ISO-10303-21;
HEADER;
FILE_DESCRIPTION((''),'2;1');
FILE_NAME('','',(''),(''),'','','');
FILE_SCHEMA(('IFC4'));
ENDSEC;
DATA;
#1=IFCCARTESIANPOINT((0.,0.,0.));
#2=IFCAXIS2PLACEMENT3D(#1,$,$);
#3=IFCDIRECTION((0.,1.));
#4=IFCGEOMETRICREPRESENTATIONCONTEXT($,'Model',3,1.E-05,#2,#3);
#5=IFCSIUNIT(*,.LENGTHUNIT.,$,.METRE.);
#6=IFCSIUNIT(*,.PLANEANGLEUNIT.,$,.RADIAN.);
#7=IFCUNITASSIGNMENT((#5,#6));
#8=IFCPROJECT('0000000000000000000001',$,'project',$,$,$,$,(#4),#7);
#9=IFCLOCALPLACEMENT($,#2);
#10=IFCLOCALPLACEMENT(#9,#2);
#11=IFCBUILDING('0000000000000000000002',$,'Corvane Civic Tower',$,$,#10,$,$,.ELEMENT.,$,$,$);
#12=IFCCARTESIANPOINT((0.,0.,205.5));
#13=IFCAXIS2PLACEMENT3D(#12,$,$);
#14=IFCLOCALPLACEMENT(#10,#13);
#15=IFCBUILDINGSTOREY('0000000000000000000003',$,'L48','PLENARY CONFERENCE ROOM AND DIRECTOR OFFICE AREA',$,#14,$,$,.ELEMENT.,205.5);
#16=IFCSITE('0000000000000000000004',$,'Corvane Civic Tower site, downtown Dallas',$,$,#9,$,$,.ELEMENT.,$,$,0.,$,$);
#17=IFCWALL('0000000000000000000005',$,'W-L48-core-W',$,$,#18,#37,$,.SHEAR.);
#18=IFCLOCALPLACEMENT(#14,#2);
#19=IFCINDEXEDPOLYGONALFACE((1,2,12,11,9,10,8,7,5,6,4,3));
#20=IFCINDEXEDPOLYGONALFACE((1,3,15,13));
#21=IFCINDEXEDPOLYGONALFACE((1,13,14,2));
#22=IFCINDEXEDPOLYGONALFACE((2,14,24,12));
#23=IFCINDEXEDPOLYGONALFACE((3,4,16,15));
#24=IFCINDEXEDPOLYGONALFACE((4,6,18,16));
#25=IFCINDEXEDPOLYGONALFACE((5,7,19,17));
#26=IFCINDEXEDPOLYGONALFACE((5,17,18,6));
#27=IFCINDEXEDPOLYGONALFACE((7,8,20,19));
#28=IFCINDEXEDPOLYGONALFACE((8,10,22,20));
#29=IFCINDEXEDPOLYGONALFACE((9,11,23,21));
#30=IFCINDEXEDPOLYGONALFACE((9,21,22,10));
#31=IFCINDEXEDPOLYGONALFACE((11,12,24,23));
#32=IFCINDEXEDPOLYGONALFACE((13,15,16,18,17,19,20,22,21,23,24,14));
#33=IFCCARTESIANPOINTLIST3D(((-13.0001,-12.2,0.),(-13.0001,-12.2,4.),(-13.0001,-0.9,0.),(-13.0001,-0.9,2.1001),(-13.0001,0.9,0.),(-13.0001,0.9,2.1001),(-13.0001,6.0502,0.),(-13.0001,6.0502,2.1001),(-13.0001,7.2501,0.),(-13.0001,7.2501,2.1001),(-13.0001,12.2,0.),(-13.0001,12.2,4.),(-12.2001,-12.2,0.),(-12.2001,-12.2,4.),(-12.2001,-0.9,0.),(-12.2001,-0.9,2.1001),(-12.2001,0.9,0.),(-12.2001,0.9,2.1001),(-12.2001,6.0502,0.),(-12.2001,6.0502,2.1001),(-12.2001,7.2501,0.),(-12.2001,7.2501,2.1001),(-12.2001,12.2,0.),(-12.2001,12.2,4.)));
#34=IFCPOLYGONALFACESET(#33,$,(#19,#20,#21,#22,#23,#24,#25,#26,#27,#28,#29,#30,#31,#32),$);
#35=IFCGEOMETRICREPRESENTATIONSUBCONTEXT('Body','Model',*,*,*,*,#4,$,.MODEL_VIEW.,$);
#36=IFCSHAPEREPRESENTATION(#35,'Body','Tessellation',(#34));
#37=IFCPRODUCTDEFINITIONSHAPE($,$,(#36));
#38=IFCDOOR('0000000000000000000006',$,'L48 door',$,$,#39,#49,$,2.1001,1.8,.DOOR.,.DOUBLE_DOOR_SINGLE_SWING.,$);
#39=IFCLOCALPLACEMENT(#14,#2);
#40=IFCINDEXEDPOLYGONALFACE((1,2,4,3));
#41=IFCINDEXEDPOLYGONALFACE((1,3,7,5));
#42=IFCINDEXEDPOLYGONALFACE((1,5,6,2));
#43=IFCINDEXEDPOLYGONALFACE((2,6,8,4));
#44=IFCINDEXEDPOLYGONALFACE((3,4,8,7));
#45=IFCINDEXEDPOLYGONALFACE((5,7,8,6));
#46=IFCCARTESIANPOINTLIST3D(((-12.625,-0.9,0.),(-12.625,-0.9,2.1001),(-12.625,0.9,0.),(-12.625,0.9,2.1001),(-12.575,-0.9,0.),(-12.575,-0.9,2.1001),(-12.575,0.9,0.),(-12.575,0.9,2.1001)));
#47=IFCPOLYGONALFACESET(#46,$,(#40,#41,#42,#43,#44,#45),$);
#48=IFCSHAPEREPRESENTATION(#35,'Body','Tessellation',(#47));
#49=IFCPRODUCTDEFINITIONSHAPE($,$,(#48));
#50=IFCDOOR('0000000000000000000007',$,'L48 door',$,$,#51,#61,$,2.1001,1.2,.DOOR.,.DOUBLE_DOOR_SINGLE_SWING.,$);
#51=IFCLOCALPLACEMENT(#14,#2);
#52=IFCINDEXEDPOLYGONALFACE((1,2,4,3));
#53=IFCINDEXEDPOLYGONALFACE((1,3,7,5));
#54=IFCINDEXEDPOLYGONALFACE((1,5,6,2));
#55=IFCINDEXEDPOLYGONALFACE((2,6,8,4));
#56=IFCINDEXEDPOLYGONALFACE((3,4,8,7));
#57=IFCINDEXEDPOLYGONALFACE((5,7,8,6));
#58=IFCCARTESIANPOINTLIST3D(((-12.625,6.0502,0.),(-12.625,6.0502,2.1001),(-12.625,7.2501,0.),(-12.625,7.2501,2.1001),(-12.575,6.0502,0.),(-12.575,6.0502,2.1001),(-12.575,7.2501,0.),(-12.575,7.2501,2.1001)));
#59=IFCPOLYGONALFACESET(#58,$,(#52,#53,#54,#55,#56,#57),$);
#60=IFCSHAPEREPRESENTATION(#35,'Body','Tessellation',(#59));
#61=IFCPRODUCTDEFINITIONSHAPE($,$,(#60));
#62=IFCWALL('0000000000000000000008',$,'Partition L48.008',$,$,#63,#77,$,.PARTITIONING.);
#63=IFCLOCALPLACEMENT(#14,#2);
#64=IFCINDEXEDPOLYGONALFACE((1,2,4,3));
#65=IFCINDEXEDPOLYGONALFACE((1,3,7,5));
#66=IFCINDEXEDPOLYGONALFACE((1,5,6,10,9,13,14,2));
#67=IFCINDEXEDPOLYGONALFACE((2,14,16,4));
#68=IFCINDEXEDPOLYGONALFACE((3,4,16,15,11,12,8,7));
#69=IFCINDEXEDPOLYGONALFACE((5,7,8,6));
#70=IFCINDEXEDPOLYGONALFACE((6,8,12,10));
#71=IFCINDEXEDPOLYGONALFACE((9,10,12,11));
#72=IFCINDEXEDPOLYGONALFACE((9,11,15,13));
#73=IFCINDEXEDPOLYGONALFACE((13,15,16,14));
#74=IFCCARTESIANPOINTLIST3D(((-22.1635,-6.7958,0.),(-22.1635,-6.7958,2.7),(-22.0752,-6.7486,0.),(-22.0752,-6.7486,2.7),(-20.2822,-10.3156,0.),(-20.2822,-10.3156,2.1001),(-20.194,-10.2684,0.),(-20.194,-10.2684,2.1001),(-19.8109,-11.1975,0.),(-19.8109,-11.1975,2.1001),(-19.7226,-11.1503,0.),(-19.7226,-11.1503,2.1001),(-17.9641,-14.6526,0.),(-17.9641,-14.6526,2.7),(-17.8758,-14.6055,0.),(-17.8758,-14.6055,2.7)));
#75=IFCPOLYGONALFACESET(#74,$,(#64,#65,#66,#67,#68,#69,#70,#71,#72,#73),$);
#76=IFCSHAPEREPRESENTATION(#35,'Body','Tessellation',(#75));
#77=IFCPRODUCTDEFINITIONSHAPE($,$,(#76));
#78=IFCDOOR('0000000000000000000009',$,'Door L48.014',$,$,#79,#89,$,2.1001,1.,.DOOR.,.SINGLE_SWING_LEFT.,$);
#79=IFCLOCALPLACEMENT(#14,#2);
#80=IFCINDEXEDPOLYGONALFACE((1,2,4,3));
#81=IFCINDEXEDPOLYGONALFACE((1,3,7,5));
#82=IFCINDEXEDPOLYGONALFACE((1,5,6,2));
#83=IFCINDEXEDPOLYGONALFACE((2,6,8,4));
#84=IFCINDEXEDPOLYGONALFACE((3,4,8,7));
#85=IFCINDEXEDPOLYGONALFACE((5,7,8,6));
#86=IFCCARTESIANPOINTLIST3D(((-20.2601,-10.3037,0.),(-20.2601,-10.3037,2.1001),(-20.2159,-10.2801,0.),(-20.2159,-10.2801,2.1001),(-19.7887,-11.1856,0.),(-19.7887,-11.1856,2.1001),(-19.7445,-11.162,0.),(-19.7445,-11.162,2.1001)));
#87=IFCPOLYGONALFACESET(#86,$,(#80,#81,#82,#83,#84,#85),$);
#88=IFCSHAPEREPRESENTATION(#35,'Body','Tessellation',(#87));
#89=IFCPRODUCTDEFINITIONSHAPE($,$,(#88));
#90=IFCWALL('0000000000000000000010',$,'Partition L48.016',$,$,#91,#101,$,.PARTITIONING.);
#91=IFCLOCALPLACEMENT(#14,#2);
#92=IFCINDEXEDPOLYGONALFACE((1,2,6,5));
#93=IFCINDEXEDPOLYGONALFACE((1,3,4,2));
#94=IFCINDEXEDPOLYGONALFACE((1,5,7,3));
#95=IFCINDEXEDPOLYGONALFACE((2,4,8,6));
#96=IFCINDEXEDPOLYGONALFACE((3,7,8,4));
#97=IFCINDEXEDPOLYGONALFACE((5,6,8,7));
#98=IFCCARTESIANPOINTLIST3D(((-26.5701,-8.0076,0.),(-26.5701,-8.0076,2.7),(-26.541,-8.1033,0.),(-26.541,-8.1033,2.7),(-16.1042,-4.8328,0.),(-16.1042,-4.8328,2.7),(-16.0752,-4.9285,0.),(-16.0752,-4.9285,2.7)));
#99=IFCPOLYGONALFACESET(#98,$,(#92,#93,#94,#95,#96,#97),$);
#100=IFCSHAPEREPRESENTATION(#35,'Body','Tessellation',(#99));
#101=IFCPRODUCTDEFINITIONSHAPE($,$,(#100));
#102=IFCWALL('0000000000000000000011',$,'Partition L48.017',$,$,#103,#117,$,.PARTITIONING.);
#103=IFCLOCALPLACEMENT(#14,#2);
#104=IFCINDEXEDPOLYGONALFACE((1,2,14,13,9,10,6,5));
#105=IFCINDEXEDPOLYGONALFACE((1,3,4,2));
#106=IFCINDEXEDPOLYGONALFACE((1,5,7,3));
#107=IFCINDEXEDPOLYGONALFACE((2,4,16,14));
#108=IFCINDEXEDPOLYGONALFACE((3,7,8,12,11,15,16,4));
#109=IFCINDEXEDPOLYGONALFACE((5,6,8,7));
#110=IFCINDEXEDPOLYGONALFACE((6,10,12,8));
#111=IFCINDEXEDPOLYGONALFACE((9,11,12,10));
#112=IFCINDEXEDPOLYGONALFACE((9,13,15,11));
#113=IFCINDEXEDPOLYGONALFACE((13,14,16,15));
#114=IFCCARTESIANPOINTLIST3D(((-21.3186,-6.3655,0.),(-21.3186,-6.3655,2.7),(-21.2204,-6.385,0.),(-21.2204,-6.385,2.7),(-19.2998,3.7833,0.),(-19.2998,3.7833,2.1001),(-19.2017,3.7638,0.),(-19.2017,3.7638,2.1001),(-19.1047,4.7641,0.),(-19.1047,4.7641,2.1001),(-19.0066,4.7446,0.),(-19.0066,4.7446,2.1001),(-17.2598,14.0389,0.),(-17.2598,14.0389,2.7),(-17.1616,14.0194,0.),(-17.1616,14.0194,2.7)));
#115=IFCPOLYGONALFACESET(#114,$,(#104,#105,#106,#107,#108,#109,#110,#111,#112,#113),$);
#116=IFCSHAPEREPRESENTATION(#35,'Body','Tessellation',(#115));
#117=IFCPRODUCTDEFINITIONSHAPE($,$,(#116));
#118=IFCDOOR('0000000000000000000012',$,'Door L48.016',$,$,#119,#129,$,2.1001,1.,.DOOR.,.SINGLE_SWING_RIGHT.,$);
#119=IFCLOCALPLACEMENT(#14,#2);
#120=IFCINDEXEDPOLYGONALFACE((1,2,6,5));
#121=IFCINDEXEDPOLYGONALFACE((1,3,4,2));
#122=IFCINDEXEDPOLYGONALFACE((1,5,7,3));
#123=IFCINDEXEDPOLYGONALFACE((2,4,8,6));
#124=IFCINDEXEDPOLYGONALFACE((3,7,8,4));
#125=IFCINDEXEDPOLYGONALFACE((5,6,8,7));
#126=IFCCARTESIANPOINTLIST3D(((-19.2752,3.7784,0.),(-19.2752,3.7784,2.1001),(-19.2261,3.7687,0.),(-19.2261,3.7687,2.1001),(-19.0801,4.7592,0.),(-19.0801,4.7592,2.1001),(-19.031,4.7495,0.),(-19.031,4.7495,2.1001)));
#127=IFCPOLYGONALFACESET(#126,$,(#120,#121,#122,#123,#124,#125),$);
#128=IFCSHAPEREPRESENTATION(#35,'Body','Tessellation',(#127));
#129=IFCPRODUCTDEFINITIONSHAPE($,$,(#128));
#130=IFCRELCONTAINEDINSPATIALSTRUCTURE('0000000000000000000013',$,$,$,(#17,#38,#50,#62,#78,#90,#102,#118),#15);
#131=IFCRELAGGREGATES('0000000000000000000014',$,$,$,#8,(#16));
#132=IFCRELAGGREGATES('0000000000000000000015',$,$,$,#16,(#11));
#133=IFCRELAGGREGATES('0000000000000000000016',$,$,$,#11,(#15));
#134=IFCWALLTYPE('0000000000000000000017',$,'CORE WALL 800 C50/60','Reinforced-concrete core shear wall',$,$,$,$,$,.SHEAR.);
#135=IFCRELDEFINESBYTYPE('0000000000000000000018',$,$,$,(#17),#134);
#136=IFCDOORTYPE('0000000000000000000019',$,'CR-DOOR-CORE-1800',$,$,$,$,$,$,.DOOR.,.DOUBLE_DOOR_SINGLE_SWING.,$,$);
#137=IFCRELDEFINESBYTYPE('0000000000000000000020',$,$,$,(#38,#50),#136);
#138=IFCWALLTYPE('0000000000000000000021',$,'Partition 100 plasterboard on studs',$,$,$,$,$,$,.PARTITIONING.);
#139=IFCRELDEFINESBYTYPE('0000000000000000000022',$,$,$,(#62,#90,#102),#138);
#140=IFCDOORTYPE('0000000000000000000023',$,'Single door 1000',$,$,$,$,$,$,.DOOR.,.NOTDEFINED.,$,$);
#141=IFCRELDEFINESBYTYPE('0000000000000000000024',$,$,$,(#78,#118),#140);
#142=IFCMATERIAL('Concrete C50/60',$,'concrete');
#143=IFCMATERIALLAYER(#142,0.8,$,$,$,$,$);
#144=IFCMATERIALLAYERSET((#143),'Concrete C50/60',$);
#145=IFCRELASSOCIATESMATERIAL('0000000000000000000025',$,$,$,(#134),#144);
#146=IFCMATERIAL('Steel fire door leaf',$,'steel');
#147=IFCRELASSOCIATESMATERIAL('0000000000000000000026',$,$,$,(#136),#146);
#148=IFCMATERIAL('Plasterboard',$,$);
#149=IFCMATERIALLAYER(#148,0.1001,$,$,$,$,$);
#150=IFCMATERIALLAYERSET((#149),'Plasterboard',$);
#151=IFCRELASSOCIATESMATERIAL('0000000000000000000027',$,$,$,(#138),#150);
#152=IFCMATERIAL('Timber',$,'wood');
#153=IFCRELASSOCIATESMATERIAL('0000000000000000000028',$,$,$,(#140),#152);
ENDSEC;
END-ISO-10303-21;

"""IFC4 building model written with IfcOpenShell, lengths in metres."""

from ifc_helpers import new_model, si_unit, direction, frame, frame_2d, origin, place, context, subcontext, project, spatial, rectangle, extrude, material, layer, layer_set, type_object, element, fill, save


model = new_model("IFC4")

# Units and contexts
model_context = context("Model", 3, precision=1e-05, world=origin(), true_north=direction((0.0, 1.0)))
body_context = subcontext(model_context, "Body", "Model", "MODEL_VIEW")
ifc_project = project(units=[si_unit("LENGTHUNIT", "METRE"), si_unit("PLANEANGLEUNIT", "RADIAN")], contexts=[model_context])

# Site, building, storey
site_placement = place(None, origin())
site = spatial("IfcSite", under=ifc_project, at=site_placement, Name="Corvane Civic Tower site, downtown Dallas", CompositionType="ELEMENT", RefElevation=0.0)
building_placement = place(site_placement, origin())
building = spatial("IfcBuilding", under=site, at=building_placement, Name="Corvane Civic Tower", CompositionType="ELEMENT")
storey_placement = place(building_placement, frame((0.0, 0.0, 205.5)))
storey = spatial("IfcBuildingStorey", under=building, at=storey_placement, Name="L48", Description="PLENARY CONFERENCE ROOM AND DIRECTOR OFFICE AREA", CompositionType="ELEMENT", Elevation=205.5)

# Shared definitions
ifc_material_1 = material(Name="Concrete C50/60", Category="concrete")
ifc_layer_1 = layer(ifc_material_1, 0.8)
ifc_layer_set_1 = layer_set([ifc_layer_1], Name="Concrete C50/60")
wall_type_1 = type_object("IfcWallType", Name="CORE WALL 800 C50/60", Description="Reinforced-concrete core shear wall", PredefinedType="SHEAR", material=ifc_layer_set_1)

# Wall, openings, doors
wall_1_placement = place(storey_placement, frame((-12.6001, -12.2, 0.0), z_axis=(0.0, 0.0, 1.0), x_axis=(0.0, 1.0, 0.0)))
wall_1 = element("IfcWall", 1, at=wall_1_placement, inside=storey, type_object=wall_type_1, Name="W-L48-core-W", PredefinedType="SHEAR", context=body_context, shape_type="SweptSolid", body=[
    extrude(rectangle(XDim=24.3999, YDim=0.8, at=frame_2d((12.2, 0.0))), origin(), (0.0, 0.0, 1.0), 4.0),
])
opening_1_placement = place(wall_1_placement, frame((11.3, 0.0, 0.0)))
opening_1 = element("IfcOpeningElement", 2, at=opening_1_placement, cuts=wall_1, PredefinedType="OPENING", context=body_context, shape_type="SweptSolid", body=[
    extrude(rectangle(XDim=1.8, YDim=2.1001, at=frame_2d((0.8999, 1.05))), frame((0.0, 0.4099, 0.0), z_axis=(0.0, -1.0, 0.0), x_axis=(1.0, 0.0, 0.0)), (0.0, 0.0, 1.0), 0.8201),
])
opening_2_placement = place(wall_1_placement, frame((18.25, 0.0, 0.0)))
opening_2 = element("IfcOpeningElement", 3, at=opening_2_placement, cuts=wall_1, PredefinedType="OPENING", context=body_context, shape_type="SweptSolid", body=[
    extrude(rectangle(XDim=1.2, YDim=2.1001, at=frame_2d((0.6001, 1.05))), frame((0.0, 0.4099, 0.0), z_axis=(0.0, -1.0, 0.0), x_axis=(1.0, 0.0, 0.0)), (0.0, 0.0, 1.0), 0.8201),
])
ifc_material_2 = material(Name="Steel fire door leaf", Category="steel")
door_type_1 = type_object("IfcDoorType", Name="CR-DOOR-CORE-1800", OperationType="DOUBLE_DOOR_SINGLE_SWING", PredefinedType="DOOR", material=ifc_material_2)
door_1_placement = place(opening_1_placement, origin())
door_1 = element("IfcDoor", 4, at=door_1_placement, inside=storey, type_object=door_type_1, Name="L48 door", OperationType="DOUBLE_DOOR_SINGLE_SWING", OverallHeight=2.1001, OverallWidth=1.8, PredefinedType="DOOR", context=body_context, shape_type="SweptSolid", body=[
    extrude(rectangle(XDim=1.8, YDim=2.1001, at=frame_2d((0.8999, 1.05))), frame((0.0, 0.0249, 0.0), z_axis=(0.0, -1.0, 0.0), x_axis=(1.0, 0.0, 0.0)), (0.0, 0.0, 1.0), 0.05),
])
fill(opening_1, door_1)
door_2_placement = place(opening_2_placement, origin())
door_2 = element("IfcDoor", 5, at=door_2_placement, inside=storey, type_object=door_type_1, Name="L48 door", OperationType="DOUBLE_DOOR_SINGLE_SWING", OverallHeight=2.1001, OverallWidth=1.2, PredefinedType="DOOR", context=body_context, shape_type="SweptSolid", body=[
    extrude(rectangle(XDim=1.2, YDim=2.1001, at=frame_2d((0.6001, 1.05))), frame((0.0, 0.0249, 0.0), z_axis=(0.0, -1.0, 0.0), x_axis=(1.0, 0.0, 0.0)), (0.0, 0.0, 1.0), 0.05),
])
fill(opening_2, door_2)

# Wall, opening, door
ifc_material_3 = material(Name="Plasterboard")
ifc_layer_2 = layer(ifc_material_3, 0.1001)
ifc_layer_set_2 = layer_set([ifc_layer_2], Name="Plasterboard")
wall_type_2 = type_object("IfcWallType", Name="Partition 100 plasterboard on studs", PredefinedType="PARTITIONING", material=ifc_layer_set_2)
wall_2_placement = place(storey_placement, frame((-22.1194, -6.7722, 0.0), z_axis=(0.0, 0.0, 1.0), x_axis=(0.471383, -0.881929, 0.0)))
wall_2 = element("IfcWall", 6, at=wall_2_placement, inside=storey, type_object=wall_type_2, Name="Partition L48.008", PredefinedType="PARTITIONING", context=body_context, shape_type="SweptSolid", body=[
    extrude(rectangle(XDim=8.9087, YDim=0.1001, at=frame_2d((4.4543, 0.0))), origin(), (0.0, 0.0, 1.0), 2.7),
])
opening_3_placement = place(wall_2_placement, frame((3.991, 0.0, 0.0)))
opening_3 = element("IfcOpeningElement", 7, at=opening_3_placement, cuts=wall_2, PredefinedType="OPENING", context=body_context, shape_type="SweptSolid", body=[
    extrude(rectangle(XDim=1.0, YDim=2.1001, at=frame_2d((0.5, 1.05))), frame((0.0, 0.0601, 0.0), z_axis=(0.0, -1.0, 0.0), x_axis=(1.0, 0.0, 0.0)), (0.0, 0.0, 1.0), 0.1201),
])
ifc_material_4 = material(Name="Timber", Category="wood")
door_type_2 = type_object("IfcDoorType", Name="Single door 1000", OperationType="NOTDEFINED", PredefinedType="DOOR", material=ifc_material_4)
door_3_placement = place(opening_3_placement, frame((1.0, 0.0, 0.0), z_axis=(0.0, 0.0, 1.0), x_axis=(-1.0, 0.0, 0.0)))
door_3 = element("IfcDoor", 8, at=door_3_placement, inside=storey, type_object=door_type_2, Name="Door L48.014", OperationType="SINGLE_SWING_LEFT", OverallHeight=2.1001, OverallWidth=1.0, PredefinedType="DOOR", context=body_context, shape_type="SweptSolid", body=[
    extrude(rectangle(XDim=1.0, YDim=2.1001, at=frame_2d((0.5, 1.05))), frame((0.0, 0.0249, 0.0), z_axis=(0.0, -1.0, 0.0), x_axis=(1.0, 0.0, 0.0)), (0.0, 0.0, 1.0), 0.05),
])
fill(opening_3, door_3)

# Wall
wall_3_placement = place(storey_placement, frame((-26.5554, -8.0554, 0.0), z_axis=(0.0, 0.0, 1.0), x_axis=(0.95694, 0.290287, 0.0)))
element("IfcWall", 9, at=wall_3_placement, inside=storey, type_object=wall_type_2, Name="Partition L48.016", PredefinedType="PARTITIONING", context=body_context, shape_type="SweptSolid", body=[
    extrude(rectangle(XDim=10.9368, YDim=0.1001, at=frame_2d((5.4683, 0.0))), origin(), (0.0, 0.0, 1.0), 2.7),
])

# Wall, opening, door
wall_4_placement = place(storey_placement, frame((-21.2695, -6.3752, 0.0), z_axis=(0.0, 0.0, 1.0), x_axis=(0.195096, 0.980784, 0.0)))
wall_4 = element("IfcWall", 10, at=wall_4_placement, inside=storey, type_object=wall_type_2, Name="Partition L48.017", PredefinedType="PARTITIONING", context=body_context, shape_type="SweptSolid", body=[
    extrude(rectangle(XDim=20.8042, YDim=0.1001, at=frame_2d((10.4021, 0.0))), origin(), (0.0, 0.0, 1.0), 2.7),
])
opening_4_placement = place(wall_4_placement, frame((10.3477, 0.0, 0.0)))
opening_4 = element("IfcOpeningElement", 11, at=opening_4_placement, cuts=wall_4, PredefinedType="OPENING", context=body_context, shape_type="SweptSolid", body=[
    extrude(rectangle(XDim=1.0, YDim=2.1001, at=frame_2d((0.5, 1.05))), frame((0.0, 0.0601, 0.0), z_axis=(0.0, -1.0, 0.0), x_axis=(1.0, 0.0, 0.0)), (0.0, 0.0, 1.0), 0.1201),
])
door_4_placement = place(opening_4_placement, origin())
door_4 = element("IfcDoor", 12, at=door_4_placement, inside=storey, type_object=door_type_2, Name="Door L48.016", OperationType="SINGLE_SWING_RIGHT", OverallHeight=2.1001, OverallWidth=1.0, PredefinedType="DOOR", context=body_context, shape_type="SweptSolid", body=[
    extrude(rectangle(XDim=1.0, YDim=2.1001, at=frame_2d((0.5, 1.05))), frame((0.0, 0.0249, 0.0), z_axis=(0.0, -1.0, 0.0), x_axis=(1.0, 0.0, 0.0)), (0.0, 0.0, 1.0), 0.05),
])
fill(opening_4, door_4)

save(model, "model.ifc")
